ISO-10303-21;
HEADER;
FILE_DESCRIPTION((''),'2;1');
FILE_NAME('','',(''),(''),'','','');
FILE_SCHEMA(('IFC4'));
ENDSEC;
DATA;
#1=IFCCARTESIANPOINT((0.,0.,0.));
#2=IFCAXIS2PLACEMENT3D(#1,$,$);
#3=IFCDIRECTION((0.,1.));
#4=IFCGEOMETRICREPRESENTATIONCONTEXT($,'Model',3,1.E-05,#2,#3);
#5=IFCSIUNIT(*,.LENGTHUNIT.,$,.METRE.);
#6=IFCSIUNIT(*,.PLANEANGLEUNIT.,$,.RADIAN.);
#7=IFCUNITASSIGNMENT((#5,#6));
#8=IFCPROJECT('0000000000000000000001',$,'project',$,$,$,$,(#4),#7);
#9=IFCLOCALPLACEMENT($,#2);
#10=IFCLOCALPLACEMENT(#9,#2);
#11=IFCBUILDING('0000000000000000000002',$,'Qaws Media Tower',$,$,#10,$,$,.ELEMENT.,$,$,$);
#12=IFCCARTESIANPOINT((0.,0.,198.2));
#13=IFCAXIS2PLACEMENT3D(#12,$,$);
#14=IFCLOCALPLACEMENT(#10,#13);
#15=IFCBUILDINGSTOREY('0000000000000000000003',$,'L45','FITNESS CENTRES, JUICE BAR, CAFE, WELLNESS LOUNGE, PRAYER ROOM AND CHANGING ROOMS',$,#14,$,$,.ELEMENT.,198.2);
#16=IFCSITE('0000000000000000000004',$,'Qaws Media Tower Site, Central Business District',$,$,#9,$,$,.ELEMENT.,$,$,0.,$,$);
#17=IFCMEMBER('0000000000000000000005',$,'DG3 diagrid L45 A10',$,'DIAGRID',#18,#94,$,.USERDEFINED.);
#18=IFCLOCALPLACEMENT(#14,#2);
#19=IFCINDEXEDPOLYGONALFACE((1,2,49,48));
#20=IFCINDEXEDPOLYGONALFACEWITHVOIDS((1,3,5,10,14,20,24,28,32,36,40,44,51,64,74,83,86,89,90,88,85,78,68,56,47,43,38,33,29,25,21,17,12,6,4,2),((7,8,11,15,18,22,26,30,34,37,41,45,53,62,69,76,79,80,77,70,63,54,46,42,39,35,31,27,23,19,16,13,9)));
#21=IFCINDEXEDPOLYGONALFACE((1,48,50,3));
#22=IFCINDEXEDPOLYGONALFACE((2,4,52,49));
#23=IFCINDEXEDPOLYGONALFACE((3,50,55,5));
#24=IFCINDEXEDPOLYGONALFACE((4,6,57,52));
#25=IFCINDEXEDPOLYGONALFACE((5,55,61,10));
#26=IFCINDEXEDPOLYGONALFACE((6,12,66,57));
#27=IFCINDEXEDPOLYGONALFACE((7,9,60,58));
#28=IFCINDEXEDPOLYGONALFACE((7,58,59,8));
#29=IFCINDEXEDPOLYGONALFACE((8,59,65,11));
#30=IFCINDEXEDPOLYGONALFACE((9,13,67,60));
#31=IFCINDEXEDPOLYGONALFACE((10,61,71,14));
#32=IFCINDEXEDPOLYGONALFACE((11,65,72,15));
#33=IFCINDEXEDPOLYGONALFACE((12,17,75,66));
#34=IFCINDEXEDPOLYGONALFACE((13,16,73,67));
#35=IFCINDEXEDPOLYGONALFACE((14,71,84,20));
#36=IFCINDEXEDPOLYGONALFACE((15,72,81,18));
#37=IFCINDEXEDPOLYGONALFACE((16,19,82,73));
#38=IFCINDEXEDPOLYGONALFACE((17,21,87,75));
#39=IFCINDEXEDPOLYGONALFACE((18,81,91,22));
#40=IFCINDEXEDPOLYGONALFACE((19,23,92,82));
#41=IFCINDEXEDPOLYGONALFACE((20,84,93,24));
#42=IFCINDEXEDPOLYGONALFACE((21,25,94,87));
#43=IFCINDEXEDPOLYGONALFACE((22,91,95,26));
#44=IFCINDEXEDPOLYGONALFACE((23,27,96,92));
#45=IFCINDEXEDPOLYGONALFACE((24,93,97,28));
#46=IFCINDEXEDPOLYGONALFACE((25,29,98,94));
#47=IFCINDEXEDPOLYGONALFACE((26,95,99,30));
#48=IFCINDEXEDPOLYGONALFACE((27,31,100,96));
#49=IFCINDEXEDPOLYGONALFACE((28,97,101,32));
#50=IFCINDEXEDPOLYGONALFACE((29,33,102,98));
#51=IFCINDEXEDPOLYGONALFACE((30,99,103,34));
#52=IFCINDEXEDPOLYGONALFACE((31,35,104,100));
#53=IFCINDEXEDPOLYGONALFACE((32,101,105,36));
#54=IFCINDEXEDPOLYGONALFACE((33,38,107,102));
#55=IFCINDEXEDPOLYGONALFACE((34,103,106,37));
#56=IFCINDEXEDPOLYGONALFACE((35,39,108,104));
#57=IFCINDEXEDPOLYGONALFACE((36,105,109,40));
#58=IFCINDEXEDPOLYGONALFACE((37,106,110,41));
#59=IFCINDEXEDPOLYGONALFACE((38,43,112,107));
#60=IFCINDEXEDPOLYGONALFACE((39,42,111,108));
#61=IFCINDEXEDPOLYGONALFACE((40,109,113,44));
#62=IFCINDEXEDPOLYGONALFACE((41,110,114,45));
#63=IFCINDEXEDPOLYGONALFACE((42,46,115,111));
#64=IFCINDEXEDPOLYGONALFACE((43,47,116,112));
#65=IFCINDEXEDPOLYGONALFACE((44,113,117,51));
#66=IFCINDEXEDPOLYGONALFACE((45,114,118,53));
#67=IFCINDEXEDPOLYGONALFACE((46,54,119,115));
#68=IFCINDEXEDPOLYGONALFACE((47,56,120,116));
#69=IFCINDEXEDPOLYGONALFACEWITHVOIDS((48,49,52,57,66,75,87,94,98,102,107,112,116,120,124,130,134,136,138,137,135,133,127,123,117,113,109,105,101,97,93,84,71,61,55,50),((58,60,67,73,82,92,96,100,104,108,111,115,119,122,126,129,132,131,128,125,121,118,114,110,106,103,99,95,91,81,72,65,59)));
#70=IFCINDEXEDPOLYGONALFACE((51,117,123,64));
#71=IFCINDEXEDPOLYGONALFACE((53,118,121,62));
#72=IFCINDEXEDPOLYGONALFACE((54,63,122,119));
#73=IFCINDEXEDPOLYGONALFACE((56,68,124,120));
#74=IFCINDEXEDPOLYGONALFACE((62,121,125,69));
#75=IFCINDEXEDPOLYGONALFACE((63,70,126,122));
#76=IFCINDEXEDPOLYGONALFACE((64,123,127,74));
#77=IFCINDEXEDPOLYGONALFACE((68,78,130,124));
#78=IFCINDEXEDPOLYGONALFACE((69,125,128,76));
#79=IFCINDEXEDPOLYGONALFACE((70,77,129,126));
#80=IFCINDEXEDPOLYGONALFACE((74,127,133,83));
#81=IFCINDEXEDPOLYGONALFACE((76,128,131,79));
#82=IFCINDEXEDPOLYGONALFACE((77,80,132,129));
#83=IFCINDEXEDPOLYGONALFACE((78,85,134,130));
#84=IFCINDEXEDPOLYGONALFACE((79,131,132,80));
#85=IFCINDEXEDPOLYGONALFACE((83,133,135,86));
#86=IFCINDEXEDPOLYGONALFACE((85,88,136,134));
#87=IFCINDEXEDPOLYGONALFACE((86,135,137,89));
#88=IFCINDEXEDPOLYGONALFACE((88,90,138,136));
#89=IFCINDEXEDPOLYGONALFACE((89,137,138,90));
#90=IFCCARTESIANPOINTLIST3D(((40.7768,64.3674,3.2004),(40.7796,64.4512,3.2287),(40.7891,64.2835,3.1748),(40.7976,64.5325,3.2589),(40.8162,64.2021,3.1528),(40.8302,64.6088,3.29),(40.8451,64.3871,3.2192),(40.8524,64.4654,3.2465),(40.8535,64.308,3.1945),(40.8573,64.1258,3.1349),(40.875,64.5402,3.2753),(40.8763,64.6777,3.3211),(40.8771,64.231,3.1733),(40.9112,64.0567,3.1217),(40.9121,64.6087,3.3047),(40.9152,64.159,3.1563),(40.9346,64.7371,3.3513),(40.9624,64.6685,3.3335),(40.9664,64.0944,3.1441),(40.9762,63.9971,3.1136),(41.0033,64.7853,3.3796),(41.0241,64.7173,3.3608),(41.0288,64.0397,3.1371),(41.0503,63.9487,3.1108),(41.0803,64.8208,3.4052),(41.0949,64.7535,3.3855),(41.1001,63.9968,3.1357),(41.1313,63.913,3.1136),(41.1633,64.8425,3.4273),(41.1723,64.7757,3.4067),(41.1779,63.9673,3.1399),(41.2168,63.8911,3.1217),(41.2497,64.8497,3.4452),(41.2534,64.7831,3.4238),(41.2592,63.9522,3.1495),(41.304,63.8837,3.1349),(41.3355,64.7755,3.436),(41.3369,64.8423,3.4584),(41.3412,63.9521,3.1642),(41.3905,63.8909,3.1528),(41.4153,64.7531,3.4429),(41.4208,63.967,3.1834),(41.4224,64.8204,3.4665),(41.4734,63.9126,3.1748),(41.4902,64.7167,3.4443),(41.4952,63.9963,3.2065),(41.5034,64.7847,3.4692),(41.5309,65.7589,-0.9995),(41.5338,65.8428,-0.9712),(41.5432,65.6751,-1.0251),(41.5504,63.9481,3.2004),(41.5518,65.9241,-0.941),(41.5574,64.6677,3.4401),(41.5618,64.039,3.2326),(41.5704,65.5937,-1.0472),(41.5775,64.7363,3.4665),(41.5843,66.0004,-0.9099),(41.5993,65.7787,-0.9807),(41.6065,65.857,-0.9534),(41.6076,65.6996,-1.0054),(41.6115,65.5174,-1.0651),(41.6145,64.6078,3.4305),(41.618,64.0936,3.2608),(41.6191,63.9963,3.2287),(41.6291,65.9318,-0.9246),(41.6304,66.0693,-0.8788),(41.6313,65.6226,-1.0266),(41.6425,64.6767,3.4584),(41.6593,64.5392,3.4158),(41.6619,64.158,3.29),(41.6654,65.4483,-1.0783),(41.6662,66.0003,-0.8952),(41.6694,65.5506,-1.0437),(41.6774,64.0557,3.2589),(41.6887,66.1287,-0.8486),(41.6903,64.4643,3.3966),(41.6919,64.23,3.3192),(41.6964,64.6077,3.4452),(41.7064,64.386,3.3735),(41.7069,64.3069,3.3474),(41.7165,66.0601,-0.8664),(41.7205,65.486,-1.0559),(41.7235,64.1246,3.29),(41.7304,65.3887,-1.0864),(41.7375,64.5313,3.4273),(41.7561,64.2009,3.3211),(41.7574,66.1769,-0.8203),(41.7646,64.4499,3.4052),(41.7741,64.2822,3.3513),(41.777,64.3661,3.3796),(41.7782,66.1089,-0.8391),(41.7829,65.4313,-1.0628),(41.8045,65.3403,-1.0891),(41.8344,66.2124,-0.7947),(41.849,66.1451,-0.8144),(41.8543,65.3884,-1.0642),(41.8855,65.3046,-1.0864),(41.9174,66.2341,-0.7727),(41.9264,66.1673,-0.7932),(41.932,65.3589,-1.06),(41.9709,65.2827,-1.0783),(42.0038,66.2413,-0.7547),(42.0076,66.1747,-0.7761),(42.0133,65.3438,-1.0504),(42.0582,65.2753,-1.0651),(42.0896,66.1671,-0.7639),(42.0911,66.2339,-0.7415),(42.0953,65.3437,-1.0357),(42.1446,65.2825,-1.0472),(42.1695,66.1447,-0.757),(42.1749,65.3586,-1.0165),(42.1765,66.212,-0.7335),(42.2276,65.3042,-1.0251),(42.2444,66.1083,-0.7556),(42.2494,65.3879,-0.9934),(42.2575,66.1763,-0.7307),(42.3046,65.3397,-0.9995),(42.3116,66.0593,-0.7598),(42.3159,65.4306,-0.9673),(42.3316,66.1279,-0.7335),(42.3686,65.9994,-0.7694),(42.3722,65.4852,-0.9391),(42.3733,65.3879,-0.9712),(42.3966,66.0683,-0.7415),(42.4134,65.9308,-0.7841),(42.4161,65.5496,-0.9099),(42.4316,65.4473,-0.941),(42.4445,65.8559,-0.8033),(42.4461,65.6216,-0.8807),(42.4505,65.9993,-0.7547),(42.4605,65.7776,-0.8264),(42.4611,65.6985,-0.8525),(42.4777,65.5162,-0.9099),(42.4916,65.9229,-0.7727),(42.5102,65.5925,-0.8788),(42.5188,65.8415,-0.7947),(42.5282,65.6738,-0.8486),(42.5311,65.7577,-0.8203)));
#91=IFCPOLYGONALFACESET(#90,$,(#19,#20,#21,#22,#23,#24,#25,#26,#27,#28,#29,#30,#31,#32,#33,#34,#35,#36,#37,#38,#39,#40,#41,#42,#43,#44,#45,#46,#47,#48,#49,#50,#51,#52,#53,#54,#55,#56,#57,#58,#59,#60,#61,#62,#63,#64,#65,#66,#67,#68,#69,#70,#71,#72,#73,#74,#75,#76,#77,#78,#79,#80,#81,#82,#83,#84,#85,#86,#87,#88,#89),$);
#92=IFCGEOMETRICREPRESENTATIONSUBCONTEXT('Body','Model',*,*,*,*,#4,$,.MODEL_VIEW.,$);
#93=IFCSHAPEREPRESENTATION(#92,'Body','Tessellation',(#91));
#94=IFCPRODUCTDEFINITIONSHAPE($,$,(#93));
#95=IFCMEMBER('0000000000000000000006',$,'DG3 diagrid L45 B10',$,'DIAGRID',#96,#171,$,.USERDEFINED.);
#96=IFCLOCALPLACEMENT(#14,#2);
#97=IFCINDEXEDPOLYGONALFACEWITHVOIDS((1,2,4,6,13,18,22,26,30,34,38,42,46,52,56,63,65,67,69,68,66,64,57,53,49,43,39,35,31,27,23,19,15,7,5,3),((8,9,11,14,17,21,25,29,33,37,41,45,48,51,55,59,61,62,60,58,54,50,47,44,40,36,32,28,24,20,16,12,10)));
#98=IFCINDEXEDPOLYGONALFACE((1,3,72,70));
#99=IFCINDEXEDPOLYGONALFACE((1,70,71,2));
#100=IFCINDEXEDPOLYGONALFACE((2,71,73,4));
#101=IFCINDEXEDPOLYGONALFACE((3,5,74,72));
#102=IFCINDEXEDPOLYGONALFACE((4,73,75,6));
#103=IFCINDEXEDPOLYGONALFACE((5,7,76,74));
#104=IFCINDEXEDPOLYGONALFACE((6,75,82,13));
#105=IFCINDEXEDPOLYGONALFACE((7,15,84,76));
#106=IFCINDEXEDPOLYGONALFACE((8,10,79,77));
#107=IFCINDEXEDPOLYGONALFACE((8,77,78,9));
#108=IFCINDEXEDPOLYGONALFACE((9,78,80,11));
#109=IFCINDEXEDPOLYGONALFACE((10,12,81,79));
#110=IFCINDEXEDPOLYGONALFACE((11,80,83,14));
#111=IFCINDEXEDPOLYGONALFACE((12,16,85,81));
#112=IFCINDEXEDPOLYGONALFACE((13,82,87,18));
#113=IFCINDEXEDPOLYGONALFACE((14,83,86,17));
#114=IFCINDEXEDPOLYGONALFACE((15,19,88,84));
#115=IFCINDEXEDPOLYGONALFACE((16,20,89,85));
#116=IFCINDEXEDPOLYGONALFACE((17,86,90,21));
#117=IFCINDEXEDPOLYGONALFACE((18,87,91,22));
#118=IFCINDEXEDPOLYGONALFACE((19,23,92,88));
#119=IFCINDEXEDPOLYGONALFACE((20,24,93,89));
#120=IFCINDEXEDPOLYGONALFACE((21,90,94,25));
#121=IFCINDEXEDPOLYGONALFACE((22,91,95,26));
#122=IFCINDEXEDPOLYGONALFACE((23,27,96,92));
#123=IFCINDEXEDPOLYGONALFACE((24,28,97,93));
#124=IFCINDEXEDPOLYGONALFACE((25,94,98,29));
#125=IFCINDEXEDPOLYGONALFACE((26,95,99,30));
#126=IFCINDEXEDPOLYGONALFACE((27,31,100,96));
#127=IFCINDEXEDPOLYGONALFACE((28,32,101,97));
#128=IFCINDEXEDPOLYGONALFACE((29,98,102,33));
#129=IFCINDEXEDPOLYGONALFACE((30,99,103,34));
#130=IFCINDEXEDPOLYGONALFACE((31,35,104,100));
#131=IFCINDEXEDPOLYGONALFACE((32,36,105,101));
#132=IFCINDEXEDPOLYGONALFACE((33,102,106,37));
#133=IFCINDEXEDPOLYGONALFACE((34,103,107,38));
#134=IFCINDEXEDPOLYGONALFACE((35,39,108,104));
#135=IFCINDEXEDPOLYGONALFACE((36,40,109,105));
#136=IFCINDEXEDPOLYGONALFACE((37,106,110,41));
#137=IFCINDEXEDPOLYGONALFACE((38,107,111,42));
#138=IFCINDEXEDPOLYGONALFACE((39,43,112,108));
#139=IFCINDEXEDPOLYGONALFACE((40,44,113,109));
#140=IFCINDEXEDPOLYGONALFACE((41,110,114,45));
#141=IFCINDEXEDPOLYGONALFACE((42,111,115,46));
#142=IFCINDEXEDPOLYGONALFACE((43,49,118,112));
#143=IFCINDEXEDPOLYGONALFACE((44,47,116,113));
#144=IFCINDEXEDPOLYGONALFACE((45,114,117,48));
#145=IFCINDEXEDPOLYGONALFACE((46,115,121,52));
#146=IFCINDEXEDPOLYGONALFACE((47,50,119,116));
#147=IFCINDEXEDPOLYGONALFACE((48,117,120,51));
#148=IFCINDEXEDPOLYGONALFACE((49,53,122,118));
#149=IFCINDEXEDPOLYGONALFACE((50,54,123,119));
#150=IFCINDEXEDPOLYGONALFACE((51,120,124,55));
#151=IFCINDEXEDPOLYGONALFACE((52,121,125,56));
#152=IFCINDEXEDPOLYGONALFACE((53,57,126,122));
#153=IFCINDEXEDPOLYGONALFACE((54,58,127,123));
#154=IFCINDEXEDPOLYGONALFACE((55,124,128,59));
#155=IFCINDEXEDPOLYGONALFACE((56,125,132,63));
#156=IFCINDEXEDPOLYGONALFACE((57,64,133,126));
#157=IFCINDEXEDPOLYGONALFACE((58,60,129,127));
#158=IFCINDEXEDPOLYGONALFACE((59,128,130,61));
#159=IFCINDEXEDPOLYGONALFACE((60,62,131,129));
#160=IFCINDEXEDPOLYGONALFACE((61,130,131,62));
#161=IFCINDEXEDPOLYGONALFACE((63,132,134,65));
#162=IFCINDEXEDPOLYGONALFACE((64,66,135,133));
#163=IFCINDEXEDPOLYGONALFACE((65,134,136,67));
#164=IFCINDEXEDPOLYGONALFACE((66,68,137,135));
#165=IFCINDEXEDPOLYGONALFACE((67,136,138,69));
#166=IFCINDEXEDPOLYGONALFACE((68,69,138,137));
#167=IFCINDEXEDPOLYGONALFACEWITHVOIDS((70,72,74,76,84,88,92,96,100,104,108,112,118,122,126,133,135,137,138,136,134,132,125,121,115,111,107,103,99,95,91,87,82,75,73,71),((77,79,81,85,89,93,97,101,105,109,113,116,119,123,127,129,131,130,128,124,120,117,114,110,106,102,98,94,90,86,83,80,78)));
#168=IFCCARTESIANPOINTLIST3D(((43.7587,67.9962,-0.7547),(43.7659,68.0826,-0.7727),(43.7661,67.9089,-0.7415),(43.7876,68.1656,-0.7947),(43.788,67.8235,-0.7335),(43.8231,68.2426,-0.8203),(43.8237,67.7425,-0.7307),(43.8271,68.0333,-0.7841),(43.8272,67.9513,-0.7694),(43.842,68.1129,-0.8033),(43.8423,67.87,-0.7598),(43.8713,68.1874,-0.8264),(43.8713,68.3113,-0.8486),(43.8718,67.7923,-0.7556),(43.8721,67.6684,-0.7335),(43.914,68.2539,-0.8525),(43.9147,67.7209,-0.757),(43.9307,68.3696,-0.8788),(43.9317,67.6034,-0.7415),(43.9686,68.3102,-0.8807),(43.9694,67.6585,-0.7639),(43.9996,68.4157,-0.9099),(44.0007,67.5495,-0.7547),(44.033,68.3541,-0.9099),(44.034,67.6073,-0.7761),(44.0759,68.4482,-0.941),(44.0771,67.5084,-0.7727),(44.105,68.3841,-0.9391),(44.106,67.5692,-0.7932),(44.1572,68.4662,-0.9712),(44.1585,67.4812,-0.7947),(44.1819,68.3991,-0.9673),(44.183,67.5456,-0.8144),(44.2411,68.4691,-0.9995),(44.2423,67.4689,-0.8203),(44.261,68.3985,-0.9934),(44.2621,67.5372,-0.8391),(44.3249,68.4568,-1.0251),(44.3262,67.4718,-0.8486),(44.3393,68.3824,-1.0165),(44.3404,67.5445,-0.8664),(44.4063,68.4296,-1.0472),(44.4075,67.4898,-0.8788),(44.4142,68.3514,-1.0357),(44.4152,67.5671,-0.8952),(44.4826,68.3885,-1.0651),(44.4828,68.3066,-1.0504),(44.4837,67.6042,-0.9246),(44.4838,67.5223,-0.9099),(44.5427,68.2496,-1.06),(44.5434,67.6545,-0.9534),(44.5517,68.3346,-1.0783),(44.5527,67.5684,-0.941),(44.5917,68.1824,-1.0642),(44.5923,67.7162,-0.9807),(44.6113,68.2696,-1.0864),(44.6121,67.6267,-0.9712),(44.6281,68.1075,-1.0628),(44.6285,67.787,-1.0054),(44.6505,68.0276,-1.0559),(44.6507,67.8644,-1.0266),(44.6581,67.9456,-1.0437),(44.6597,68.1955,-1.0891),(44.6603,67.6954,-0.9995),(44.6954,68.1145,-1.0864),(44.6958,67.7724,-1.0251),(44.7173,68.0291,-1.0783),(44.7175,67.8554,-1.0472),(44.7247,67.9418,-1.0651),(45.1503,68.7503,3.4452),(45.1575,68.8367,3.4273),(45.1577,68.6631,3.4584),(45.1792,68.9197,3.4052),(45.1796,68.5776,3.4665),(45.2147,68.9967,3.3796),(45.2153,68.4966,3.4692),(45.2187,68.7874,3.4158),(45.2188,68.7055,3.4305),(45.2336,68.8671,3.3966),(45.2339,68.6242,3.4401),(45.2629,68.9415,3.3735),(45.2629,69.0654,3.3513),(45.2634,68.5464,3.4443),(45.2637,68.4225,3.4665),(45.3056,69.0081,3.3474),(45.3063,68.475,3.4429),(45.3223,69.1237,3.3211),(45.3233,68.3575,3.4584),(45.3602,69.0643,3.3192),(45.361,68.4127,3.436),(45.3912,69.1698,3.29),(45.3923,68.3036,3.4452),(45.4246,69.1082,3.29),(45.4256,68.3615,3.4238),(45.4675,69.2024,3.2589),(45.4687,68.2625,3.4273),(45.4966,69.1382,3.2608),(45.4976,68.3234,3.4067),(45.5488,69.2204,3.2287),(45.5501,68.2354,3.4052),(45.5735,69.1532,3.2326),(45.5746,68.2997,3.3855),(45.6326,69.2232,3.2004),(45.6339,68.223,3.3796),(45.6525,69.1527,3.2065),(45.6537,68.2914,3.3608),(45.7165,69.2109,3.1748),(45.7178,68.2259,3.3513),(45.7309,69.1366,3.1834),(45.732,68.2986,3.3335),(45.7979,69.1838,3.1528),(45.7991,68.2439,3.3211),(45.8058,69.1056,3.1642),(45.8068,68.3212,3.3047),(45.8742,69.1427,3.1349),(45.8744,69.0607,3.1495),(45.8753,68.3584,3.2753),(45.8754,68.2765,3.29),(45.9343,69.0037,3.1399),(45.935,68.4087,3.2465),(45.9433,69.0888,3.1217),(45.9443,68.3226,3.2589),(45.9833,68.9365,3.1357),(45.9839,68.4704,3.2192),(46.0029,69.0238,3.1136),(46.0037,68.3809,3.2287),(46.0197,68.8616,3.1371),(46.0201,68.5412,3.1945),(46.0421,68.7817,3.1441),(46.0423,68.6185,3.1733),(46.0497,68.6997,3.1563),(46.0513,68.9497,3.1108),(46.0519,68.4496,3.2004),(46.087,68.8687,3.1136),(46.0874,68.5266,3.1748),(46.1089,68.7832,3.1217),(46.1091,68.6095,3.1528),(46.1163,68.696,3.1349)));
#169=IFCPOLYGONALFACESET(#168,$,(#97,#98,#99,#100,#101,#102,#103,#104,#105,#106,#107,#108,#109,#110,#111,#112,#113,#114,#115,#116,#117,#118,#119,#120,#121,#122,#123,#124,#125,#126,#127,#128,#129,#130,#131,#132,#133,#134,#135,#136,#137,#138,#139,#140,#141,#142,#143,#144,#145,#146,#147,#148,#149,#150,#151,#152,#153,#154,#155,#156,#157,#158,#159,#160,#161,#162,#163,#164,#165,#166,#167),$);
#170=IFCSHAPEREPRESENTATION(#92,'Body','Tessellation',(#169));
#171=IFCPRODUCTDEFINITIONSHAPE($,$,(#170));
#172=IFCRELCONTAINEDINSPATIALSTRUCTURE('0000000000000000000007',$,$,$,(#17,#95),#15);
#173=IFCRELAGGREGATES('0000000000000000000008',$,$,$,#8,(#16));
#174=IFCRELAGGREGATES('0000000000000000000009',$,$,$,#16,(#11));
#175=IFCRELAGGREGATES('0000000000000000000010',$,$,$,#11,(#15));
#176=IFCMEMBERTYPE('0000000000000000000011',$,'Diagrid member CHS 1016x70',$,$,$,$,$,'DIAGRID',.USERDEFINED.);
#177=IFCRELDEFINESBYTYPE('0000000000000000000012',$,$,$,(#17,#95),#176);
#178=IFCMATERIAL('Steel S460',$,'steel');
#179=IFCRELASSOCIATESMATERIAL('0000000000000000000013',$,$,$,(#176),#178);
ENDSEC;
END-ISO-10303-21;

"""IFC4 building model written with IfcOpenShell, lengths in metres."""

from ifc_helpers import new_model, si_unit, direction, frame, origin, origin_2d, place, context, subcontext, project, spatial, hollow_circle, extrude, material, material_profile, profile_set, type_object, element, save


model = new_model("IFC4")

# Units and contexts
model_context = context("Model", 3, precision=1e-05, world=origin(), true_north=direction((0.0, 1.0)))
body_context = subcontext(model_context, "Body", "Model", "MODEL_VIEW")
ifc_project = project(units=[si_unit("LENGTHUNIT", "METRE"), si_unit("PLANEANGLEUNIT", "RADIAN")], contexts=[model_context])

# Site, building, storey
site_placement = place(None, origin())
site = spatial("IfcSite", under=ifc_project, at=site_placement, Name="Qaws Media Tower Site, Central Business District", CompositionType="ELEMENT", RefElevation=0.0)
building_placement = place(site_placement, origin())
building = spatial("IfcBuilding", under=site, at=building_placement, Name="Qaws Media Tower", CompositionType="ELEMENT")
storey_placement = place(building_placement, frame((0.0, 0.0, 198.2)))
storey = spatial("IfcBuildingStorey", under=building, at=storey_placement, Name="L45", Description="FITNESS CENTRES, JUICE BAR, CAFE, WELLNESS LOUNGE, PRAYER ROOM AND CHANGING ROOMS", CompositionType="ELEMENT", Elevation=198.2)

# Members
ifc_material_1 = material(Name="Steel S460", Category="steel")
ifc_material_profile_1 = material_profile(ifc_material_1, hollow_circle(Radius=0.5081, WallThickness=0.0701, at=origin_2d()), Name="CHS 1016x70")
ifc_profile_set_1 = profile_set([ifc_material_profile_1], Name="Steel S460")
member_type_1 = type_object("IfcMemberType", Name="Diagrid member CHS 1016x70", ElementType="DIAGRID", PredefinedType="USERDEFINED", material=ifc_profile_set_1)
for number, where, z_axis, x_axis, name in (
    (1, (42.031, 65.7583, -0.9099), (-0.168026, -0.310051, 0.935754), (0.879195, -0.476462, 0.0), "DG3 diagrid L45 A10"),
    (2, (44.2417, 67.969, -0.9099), (0.310051, 0.168026, 0.935754), (-0.476462, 0.879195, 0.0), "DG3 diagrid L45 B10"),
):
    element("IfcMember", number, at=place(storey_placement, frame(where, z_axis=z_axis, x_axis=x_axis)), inside=storey, type_object=member_type_1, Name=name, ObjectType="DIAGRID", PredefinedType="USERDEFINED", context=body_context, shape_type="SweptSolid", body=[
        extrude(hollow_circle(Radius=0.5081, WallThickness=0.0701, at=origin_2d()), origin(), (0.0, 0.0, 1.0), 4.4883),
    ])

save(model, "model.ifc")
